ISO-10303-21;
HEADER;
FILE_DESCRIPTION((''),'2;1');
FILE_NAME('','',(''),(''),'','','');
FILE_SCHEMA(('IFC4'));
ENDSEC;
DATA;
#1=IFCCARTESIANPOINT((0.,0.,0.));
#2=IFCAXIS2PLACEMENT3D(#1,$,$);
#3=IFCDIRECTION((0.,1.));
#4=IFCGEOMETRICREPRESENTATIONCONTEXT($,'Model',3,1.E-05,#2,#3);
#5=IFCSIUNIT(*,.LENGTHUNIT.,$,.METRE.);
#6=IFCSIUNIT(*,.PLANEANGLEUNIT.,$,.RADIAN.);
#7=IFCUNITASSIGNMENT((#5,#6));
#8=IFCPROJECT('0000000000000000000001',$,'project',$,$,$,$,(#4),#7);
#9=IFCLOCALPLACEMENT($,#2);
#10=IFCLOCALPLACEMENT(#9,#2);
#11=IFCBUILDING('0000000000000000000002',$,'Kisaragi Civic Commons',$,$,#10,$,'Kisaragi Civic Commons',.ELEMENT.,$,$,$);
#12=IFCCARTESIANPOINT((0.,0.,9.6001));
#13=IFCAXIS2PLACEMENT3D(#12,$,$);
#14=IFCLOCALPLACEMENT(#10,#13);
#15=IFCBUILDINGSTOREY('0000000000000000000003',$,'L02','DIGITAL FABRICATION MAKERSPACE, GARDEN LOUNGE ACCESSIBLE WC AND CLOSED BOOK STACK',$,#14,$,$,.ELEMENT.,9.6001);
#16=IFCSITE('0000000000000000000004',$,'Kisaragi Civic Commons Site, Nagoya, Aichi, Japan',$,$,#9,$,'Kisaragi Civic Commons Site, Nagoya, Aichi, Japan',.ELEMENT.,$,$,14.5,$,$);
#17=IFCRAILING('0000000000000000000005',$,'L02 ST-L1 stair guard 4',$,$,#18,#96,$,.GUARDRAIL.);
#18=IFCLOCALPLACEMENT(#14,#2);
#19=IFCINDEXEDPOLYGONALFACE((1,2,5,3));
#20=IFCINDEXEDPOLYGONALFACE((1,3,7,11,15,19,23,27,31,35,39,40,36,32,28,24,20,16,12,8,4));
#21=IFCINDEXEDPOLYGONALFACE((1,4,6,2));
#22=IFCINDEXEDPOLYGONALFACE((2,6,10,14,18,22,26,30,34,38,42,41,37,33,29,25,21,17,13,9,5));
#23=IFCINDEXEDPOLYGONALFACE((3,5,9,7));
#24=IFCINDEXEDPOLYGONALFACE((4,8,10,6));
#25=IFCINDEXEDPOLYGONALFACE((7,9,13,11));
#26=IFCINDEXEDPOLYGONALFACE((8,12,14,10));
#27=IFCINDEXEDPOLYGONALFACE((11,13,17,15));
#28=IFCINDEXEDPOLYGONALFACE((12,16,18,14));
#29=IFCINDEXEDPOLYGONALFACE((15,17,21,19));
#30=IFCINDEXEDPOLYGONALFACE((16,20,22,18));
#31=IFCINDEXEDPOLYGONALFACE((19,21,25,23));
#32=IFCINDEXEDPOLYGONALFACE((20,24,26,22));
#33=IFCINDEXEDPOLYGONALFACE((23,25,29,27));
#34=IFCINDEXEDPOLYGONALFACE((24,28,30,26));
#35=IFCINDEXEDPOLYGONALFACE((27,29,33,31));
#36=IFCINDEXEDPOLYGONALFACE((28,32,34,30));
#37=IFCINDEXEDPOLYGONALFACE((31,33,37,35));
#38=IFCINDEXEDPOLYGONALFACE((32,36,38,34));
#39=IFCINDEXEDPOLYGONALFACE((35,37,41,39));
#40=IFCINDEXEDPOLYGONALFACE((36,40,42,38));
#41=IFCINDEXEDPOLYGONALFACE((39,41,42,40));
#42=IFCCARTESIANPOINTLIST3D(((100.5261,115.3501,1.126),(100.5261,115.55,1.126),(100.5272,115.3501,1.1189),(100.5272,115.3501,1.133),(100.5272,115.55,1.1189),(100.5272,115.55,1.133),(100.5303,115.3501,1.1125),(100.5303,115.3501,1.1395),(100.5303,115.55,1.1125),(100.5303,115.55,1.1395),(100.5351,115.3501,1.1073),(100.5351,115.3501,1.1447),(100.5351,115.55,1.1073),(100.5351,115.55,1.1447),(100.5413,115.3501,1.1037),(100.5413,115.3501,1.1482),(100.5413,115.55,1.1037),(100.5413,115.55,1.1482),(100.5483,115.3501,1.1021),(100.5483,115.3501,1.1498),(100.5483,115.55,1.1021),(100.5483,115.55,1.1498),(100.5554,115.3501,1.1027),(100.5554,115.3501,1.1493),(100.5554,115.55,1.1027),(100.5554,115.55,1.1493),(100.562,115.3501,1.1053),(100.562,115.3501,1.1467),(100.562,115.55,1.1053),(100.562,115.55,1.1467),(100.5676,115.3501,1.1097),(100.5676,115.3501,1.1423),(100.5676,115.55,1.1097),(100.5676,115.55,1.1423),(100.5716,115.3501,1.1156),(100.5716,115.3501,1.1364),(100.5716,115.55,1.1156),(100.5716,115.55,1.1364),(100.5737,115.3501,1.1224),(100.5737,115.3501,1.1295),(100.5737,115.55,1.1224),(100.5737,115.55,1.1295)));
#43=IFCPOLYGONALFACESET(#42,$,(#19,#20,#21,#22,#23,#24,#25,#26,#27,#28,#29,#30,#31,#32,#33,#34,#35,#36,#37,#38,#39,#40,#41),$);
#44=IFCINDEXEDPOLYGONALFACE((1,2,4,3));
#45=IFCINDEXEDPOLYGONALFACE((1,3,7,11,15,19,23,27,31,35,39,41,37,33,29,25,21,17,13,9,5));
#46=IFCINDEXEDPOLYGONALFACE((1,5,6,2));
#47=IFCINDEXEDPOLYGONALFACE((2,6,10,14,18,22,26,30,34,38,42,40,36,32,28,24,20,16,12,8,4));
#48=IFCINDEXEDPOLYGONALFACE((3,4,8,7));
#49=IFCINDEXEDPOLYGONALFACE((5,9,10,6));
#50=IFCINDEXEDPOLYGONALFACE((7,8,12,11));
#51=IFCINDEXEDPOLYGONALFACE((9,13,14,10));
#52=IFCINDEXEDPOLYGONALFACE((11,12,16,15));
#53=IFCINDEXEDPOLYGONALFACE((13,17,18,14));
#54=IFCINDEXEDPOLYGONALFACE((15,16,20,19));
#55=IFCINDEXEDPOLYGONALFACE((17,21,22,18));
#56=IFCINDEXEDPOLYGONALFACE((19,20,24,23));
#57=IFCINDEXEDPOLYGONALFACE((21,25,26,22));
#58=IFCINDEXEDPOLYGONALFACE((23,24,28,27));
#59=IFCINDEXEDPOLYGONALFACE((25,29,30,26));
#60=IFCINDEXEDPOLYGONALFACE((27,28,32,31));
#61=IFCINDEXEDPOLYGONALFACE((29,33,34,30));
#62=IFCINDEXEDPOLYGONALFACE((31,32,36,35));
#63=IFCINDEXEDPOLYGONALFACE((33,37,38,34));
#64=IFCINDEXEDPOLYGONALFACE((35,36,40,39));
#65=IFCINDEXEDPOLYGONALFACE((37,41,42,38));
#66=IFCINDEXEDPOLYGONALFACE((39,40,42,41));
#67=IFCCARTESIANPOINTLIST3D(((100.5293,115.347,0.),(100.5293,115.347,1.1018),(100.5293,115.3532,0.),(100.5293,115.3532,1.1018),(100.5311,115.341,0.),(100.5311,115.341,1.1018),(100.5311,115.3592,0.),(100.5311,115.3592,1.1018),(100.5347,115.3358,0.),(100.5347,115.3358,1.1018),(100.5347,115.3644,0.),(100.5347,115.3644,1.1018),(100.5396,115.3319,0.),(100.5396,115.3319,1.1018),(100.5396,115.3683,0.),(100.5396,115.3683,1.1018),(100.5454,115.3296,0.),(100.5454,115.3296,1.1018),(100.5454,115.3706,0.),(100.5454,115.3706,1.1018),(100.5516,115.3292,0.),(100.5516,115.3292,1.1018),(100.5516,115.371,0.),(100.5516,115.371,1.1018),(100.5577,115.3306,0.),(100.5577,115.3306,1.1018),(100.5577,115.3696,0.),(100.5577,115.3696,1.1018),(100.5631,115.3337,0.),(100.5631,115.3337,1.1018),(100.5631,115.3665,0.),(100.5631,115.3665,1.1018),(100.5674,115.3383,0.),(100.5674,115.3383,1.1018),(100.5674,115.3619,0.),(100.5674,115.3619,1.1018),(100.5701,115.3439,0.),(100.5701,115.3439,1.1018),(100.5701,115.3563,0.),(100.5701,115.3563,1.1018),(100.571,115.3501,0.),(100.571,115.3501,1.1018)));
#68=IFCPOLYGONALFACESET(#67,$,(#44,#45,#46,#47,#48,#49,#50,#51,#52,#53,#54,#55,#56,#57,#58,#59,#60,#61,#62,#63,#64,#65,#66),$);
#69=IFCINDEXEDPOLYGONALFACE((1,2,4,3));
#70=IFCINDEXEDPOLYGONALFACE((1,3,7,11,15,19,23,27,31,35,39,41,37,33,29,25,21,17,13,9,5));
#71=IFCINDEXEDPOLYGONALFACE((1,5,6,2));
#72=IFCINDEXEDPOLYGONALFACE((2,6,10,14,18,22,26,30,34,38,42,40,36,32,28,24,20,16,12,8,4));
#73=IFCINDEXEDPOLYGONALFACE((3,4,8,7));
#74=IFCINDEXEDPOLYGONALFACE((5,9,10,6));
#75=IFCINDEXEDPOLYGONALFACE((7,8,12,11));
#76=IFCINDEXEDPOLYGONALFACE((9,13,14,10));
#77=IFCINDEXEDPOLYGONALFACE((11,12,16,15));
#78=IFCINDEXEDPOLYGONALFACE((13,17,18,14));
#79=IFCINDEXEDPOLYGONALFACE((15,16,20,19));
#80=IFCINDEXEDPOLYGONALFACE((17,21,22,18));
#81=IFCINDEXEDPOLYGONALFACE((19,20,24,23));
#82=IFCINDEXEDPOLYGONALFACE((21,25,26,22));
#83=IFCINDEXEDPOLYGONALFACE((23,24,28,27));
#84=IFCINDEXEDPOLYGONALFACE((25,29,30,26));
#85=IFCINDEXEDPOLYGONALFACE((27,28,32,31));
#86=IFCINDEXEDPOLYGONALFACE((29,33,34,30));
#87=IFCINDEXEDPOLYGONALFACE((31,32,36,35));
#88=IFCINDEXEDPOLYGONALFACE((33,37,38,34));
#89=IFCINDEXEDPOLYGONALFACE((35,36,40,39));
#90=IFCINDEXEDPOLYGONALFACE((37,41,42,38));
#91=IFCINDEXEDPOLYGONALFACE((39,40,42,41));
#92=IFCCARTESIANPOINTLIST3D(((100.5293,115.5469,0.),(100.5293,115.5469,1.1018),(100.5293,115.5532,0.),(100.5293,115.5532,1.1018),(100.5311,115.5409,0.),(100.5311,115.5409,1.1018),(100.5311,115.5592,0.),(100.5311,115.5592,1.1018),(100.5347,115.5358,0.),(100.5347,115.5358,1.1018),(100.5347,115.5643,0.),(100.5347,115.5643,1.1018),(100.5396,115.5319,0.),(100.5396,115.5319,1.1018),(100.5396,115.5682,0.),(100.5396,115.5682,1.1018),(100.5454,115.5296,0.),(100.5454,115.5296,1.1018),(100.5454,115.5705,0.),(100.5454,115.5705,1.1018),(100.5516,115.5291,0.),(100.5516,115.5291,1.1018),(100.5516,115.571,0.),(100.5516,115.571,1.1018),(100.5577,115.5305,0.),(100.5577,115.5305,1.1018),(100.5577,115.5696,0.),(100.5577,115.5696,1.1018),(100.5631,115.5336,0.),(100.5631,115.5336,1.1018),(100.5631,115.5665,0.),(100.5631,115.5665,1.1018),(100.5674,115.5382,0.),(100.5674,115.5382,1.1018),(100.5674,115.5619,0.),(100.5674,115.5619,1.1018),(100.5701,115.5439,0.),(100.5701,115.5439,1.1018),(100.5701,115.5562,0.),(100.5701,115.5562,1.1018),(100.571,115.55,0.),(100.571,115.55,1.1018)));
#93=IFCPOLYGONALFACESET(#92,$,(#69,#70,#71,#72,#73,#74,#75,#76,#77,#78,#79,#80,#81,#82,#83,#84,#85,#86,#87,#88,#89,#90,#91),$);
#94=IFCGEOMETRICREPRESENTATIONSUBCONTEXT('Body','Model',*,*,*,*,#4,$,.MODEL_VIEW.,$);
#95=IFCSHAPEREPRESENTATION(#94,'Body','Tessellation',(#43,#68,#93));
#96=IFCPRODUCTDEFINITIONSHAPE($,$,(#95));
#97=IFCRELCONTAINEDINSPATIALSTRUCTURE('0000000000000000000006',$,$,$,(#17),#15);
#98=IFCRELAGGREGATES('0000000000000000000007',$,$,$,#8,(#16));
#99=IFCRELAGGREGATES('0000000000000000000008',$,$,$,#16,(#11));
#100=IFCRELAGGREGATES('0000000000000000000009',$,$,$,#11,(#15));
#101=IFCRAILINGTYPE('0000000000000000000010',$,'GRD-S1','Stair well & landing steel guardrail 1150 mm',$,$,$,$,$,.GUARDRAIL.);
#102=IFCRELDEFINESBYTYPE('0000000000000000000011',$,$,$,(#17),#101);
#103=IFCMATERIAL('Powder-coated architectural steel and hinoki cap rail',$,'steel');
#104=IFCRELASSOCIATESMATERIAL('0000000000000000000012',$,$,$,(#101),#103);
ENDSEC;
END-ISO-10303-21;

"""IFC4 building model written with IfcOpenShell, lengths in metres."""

from ifc_helpers import new_model, si_unit, direction, frame, origin, origin_2d, place, context, subcontext, project, spatial, circle, extrude, material, type_object, element, save


model = new_model("IFC4")

# Units and contexts
model_context = context("Model", 3, precision=1e-05, world=origin(), true_north=direction((0.0, 1.0)))
body_context = subcontext(model_context, "Body", "Model", "MODEL_VIEW")
ifc_project = project(units=[si_unit("LENGTHUNIT", "METRE"), si_unit("PLANEANGLEUNIT", "RADIAN")], contexts=[model_context])

# Site, building, storey
site_placement = place(None, origin())
site = spatial("IfcSite", under=ifc_project, at=site_placement, Name="Kisaragi Civic Commons Site, Nagoya, Aichi, Japan", LongName="Kisaragi Civic Commons Site, Nagoya, Aichi, Japan", CompositionType="ELEMENT", RefElevation=14.5)
building_placement = place(site_placement, origin())
building = spatial("IfcBuilding", under=site, at=building_placement, Name="Kisaragi Civic Commons", LongName="Kisaragi Civic Commons", CompositionType="ELEMENT")
storey_placement = place(building_placement, frame((0.0, 0.0, 9.6001)))
storey = spatial("IfcBuildingStorey", under=building, at=storey_placement, Name="L02", Description="DIGITAL FABRICATION MAKERSPACE, GARDEN LOUNGE ACCESSIBLE WC AND CLOSED BOOK STACK", CompositionType="ELEMENT", Elevation=9.6001)

# Railing
ifc_material_1 = material(Name="Powder-coated architectural steel and hinoki cap rail", Category="steel")
railing_type_1 = type_object("IfcRailingType", Name="GRD-S1", Description="Stair well & landing steel guardrail 1150 mm", PredefinedType="GUARDRAIL", material=ifc_material_1)
railing_1_placement = place(storey_placement, frame((100.55, 115.3501, 0.0)))
element("IfcRailing", 1, at=railing_1_placement, inside=storey, type_object=railing_type_1, Name="L02 ST-L1 stair guard 4", PredefinedType="GUARDRAIL", context=body_context, shape_type="SweptSolid", body=[
    extrude(circle(Radius=0.0239, at=origin_2d()), frame((0.0, 0.0, 1.126), z_axis=(0.0, 1.0, 0.0), x_axis=(-1.0, 0.0, 0.0)), (0.0, 0.0, 1.0), 0.2),
    extrude(circle(Radius=0.021, at=origin_2d()), origin(), (0.0, 0.0, 1.0), 1.1018),
    extrude(circle(Radius=0.021, at=origin_2d()), frame((0.0, 0.2, 0.0)), (0.0, 0.0, 1.0), 1.1018),
])

save(model, "model.ifc")
